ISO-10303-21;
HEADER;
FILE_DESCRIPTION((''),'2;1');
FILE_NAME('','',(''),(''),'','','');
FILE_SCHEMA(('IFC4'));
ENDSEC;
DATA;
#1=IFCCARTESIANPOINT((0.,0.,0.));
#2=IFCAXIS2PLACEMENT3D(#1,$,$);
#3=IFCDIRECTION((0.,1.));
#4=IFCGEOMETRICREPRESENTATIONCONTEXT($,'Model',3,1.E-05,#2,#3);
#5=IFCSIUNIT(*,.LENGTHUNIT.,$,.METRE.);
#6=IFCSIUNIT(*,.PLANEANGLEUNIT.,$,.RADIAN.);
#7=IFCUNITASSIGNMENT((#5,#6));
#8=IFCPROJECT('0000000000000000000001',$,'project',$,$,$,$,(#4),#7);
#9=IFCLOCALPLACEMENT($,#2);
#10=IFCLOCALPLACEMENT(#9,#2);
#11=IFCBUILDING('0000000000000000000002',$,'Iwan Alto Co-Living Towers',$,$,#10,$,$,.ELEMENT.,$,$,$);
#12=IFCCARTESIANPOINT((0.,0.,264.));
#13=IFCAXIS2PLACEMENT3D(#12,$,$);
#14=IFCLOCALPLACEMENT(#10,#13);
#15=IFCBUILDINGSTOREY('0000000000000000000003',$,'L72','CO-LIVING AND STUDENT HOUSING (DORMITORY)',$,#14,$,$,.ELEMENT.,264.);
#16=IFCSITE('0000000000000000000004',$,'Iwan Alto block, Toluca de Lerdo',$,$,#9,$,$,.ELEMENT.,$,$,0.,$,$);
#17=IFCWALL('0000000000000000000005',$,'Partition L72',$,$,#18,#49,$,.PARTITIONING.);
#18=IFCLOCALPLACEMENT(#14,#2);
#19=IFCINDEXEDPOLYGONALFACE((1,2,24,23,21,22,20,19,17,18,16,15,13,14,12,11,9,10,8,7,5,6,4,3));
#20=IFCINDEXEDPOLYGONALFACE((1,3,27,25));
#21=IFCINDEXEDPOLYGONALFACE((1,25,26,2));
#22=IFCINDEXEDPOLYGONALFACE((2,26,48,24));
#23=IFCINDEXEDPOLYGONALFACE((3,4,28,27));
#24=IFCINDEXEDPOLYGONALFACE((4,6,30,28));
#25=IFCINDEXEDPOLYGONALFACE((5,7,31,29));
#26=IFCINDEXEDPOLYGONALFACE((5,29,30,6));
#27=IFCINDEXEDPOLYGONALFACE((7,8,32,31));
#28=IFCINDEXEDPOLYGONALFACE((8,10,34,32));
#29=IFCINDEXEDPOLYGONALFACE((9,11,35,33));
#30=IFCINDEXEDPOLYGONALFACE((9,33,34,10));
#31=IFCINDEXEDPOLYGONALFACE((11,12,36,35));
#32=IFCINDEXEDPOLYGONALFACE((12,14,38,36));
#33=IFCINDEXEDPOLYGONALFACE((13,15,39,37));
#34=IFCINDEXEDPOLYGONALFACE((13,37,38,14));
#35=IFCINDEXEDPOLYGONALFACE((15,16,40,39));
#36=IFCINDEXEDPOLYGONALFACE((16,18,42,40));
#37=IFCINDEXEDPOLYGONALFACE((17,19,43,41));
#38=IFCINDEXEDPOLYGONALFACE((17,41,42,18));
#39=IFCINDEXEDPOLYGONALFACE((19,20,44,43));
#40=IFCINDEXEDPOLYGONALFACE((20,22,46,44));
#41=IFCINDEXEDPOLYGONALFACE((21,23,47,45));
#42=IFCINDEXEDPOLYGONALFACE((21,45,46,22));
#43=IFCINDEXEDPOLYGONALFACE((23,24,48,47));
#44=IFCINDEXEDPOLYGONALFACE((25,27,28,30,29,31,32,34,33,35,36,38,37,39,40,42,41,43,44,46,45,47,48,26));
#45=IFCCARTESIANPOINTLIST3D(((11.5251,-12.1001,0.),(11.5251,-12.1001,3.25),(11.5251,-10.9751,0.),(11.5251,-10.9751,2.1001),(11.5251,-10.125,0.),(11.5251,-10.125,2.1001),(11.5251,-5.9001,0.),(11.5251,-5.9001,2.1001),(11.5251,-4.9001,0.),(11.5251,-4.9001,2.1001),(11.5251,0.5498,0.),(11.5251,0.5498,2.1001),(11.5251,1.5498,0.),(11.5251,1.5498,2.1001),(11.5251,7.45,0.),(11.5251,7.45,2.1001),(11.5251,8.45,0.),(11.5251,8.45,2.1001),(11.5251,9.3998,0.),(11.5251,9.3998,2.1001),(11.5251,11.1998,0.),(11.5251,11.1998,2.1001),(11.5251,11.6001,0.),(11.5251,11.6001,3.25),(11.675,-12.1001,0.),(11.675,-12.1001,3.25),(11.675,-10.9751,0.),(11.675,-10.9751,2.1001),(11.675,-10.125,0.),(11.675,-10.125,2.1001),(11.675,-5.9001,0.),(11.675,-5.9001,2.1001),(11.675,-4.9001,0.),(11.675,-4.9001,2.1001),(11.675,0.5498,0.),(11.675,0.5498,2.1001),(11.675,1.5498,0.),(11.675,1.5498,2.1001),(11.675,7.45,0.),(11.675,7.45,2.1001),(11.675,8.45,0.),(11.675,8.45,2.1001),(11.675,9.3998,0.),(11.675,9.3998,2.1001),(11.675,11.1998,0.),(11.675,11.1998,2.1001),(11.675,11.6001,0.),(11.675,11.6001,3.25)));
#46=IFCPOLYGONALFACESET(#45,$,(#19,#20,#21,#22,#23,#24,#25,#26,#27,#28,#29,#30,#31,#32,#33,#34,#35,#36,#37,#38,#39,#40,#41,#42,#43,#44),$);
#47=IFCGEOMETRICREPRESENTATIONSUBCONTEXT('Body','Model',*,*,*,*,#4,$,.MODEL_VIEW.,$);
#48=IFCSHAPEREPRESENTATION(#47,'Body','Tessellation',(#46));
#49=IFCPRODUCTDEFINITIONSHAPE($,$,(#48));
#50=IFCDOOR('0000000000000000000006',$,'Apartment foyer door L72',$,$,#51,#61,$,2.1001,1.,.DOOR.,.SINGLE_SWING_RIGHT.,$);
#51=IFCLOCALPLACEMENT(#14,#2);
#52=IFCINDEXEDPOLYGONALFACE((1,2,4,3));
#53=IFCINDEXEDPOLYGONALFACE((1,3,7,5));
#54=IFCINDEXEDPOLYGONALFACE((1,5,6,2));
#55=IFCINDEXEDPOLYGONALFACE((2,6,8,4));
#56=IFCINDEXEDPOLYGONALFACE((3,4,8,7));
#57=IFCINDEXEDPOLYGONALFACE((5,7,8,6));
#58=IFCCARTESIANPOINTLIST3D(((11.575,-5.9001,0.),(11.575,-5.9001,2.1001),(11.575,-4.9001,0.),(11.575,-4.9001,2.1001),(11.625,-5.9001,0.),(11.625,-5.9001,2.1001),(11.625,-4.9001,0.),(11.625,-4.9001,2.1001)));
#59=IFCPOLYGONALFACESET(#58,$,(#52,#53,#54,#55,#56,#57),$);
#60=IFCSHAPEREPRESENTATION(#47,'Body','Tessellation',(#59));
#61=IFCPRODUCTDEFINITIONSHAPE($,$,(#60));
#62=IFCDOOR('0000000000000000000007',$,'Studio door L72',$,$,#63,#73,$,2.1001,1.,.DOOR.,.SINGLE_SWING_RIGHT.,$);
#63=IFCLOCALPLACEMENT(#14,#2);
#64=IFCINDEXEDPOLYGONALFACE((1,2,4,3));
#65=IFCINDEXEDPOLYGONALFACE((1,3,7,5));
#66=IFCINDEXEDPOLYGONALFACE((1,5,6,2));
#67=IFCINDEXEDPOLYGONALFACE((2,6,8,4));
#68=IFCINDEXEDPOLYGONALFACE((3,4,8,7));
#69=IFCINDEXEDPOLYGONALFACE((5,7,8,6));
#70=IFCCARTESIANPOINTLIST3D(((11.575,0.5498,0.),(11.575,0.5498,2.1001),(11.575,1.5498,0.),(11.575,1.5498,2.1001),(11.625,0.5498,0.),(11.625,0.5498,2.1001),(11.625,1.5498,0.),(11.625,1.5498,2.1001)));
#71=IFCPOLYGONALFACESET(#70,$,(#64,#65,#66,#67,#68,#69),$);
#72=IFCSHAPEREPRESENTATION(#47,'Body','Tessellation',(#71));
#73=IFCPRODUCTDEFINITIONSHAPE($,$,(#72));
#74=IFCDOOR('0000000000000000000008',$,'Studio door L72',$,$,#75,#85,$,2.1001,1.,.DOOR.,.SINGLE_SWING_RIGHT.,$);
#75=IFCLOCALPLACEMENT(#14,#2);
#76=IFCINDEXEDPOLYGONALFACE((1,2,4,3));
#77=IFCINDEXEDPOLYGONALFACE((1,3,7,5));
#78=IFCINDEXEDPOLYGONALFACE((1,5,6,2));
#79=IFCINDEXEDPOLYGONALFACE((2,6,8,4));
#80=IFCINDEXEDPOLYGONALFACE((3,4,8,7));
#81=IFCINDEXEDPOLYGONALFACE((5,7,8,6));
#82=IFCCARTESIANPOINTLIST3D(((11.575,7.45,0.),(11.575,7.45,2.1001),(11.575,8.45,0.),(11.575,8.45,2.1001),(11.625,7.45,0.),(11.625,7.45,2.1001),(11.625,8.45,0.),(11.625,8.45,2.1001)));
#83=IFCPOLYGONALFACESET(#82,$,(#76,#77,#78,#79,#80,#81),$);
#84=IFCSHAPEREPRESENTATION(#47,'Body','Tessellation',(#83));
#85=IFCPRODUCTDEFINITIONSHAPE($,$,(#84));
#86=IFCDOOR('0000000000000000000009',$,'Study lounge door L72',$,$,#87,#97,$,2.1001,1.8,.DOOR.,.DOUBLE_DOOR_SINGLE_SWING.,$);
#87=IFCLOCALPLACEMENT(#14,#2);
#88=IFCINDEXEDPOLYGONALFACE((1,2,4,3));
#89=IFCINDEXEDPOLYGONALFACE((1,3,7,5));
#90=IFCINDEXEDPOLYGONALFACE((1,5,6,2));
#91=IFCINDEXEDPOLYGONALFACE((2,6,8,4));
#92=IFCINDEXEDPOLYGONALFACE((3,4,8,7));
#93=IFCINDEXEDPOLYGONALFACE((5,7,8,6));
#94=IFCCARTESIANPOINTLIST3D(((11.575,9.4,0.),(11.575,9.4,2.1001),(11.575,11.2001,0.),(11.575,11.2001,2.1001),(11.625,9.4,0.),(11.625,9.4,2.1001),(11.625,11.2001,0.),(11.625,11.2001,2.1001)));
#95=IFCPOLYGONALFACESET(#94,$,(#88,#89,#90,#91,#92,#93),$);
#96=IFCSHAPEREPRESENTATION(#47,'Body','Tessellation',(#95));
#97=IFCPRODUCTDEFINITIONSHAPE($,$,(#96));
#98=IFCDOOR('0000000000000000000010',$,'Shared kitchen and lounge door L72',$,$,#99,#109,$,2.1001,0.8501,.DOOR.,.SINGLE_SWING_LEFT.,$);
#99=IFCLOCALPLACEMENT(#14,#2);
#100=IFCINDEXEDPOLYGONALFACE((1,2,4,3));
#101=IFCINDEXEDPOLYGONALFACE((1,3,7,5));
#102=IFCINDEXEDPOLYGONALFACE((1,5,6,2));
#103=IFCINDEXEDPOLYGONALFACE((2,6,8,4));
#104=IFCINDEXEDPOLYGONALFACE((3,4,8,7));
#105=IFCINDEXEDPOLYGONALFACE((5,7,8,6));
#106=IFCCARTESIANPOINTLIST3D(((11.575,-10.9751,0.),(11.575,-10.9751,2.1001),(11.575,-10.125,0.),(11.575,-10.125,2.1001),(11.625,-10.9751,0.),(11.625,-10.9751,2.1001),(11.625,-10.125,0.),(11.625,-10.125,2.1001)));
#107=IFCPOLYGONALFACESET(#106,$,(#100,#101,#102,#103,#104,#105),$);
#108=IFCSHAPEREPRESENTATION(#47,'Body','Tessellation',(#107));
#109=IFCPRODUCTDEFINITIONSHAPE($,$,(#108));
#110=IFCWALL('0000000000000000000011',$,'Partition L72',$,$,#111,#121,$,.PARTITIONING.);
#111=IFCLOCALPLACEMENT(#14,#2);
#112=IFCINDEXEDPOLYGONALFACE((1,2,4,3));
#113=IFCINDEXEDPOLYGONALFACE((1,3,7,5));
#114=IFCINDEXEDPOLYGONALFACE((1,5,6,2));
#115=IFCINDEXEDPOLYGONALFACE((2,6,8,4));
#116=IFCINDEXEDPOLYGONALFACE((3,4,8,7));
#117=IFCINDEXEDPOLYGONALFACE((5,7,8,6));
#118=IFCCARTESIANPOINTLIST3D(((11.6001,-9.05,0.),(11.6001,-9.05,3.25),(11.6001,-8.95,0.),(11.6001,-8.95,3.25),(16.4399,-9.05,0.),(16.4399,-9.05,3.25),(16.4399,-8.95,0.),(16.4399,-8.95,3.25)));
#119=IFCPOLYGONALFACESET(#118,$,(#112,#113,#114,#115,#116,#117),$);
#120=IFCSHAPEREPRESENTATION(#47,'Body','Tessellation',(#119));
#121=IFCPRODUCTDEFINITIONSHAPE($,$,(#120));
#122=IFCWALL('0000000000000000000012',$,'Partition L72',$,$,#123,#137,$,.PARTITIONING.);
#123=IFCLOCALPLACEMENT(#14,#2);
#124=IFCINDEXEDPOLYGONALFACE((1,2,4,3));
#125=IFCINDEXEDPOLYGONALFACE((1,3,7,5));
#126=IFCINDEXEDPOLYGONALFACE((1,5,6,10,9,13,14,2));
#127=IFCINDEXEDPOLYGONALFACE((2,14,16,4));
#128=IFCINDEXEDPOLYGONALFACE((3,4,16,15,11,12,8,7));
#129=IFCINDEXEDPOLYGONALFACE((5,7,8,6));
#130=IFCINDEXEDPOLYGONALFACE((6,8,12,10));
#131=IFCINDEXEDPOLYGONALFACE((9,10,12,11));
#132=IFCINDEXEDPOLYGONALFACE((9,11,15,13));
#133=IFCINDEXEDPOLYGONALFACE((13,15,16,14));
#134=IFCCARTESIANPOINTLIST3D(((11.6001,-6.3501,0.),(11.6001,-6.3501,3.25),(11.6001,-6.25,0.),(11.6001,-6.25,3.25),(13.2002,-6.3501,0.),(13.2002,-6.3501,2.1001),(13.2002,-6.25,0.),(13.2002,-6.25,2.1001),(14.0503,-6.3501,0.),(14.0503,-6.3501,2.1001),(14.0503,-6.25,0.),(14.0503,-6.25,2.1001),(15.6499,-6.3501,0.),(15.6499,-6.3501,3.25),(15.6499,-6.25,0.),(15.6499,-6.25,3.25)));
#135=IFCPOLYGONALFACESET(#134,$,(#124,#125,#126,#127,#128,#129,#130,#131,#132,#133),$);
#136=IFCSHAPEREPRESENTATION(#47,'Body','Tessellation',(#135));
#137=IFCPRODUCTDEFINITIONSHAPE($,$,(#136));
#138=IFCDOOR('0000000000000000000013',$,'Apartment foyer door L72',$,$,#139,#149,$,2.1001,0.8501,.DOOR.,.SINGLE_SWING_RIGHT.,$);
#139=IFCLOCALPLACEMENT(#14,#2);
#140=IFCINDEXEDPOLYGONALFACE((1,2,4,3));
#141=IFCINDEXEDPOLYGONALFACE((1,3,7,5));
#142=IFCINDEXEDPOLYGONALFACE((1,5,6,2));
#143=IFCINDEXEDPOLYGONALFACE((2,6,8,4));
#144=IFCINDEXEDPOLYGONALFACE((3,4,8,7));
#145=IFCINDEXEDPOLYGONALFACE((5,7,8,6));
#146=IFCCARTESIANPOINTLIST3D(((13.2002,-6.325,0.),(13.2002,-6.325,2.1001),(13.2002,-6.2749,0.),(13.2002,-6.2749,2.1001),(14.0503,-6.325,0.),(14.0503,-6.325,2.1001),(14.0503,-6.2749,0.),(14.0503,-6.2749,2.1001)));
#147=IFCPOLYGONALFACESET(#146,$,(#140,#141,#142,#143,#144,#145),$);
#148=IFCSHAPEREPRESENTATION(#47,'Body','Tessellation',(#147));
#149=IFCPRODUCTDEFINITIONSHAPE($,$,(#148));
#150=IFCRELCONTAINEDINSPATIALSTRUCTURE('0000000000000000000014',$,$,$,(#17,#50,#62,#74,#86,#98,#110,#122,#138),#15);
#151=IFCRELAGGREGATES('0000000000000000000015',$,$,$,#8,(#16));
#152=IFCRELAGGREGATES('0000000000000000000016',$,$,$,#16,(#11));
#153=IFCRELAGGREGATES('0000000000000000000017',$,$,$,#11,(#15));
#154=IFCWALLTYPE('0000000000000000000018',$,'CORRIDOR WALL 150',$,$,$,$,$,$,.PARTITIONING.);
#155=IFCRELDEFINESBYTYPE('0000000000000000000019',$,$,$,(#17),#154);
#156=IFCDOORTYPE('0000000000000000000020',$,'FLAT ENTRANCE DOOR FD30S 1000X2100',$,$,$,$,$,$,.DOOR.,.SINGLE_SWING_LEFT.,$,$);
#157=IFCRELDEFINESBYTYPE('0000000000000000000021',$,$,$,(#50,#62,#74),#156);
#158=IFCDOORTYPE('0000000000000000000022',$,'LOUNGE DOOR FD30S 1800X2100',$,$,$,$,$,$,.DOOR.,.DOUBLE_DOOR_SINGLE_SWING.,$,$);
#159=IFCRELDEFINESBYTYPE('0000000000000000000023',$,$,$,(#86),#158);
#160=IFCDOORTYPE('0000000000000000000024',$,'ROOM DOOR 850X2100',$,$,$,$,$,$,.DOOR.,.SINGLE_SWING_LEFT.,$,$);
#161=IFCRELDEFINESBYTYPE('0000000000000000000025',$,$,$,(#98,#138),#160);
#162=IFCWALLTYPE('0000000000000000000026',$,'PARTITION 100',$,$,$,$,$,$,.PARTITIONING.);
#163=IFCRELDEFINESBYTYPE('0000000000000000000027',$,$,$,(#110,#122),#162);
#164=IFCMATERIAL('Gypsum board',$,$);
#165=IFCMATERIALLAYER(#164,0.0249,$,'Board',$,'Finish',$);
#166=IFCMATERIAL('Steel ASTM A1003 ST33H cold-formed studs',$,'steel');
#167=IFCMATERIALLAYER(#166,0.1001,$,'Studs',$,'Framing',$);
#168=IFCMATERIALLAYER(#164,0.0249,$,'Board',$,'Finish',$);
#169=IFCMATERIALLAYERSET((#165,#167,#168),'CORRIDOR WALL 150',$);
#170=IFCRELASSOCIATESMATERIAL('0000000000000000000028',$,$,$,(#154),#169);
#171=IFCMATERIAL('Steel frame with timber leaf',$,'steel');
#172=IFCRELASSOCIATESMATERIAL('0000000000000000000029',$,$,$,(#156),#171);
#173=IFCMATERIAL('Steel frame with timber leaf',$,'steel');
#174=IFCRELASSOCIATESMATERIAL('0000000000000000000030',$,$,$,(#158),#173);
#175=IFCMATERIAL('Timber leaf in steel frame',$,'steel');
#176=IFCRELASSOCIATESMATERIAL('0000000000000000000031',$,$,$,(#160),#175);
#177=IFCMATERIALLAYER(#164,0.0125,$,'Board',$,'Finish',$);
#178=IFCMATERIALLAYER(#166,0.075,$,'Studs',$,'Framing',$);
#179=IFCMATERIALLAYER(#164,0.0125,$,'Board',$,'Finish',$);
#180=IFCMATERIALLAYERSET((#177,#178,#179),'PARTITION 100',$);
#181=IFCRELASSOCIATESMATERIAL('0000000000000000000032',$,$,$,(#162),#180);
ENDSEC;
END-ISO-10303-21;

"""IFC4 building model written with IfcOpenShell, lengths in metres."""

from ifc_helpers import new_model, si_unit, direction, frame, frame_2d, origin, place, context, subcontext, project, spatial, rectangle, extrude, material, layer, layer_set, type_object, element, fill, save


model = new_model("IFC4")

# Units and contexts
model_context = context("Model", 3, precision=1e-05, world=origin(), true_north=direction((0.0, 1.0)))
body_context = subcontext(model_context, "Body", "Model", "MODEL_VIEW")
ifc_project = project(units=[si_unit("LENGTHUNIT", "METRE"), si_unit("PLANEANGLEUNIT", "RADIAN")], contexts=[model_context])

# Site, building, storey
site_placement = place(None, origin())
site = spatial("IfcSite", under=ifc_project, at=site_placement, Name="Iwan Alto block, Toluca de Lerdo", CompositionType="ELEMENT", RefElevation=0.0)
building_placement = place(site_placement, origin())
building = spatial("IfcBuilding", under=site, at=building_placement, Name="Iwan Alto Co-Living Towers", CompositionType="ELEMENT")
storey_placement = place(building_placement, frame((0.0, 0.0, 264.0)))
storey = spatial("IfcBuildingStorey", under=building, at=storey_placement, Name="L72", Description="CO-LIVING AND STUDENT HOUSING (DORMITORY)", CompositionType="ELEMENT", Elevation=264.0)

# Wall, openings, doors
ifc_material_1 = material(Name="Gypsum board")
ifc_layer_1 = layer(ifc_material_1, 0.0249, Name="Board", Category="Finish")
ifc_material_2 = material(Name="Steel ASTM A1003 ST33H cold-formed studs", Category="steel")
ifc_layer_2 = layer(ifc_material_2, 0.1001, Name="Studs", Category="Framing")
ifc_layer_3 = layer(ifc_material_1, 0.0249, Name="Board", Category="Finish")
ifc_layer_set_1 = layer_set([ifc_layer_1, ifc_layer_2, ifc_layer_3], Name="CORRIDOR WALL 150")
wall_type_1 = type_object("IfcWallType", Name="CORRIDOR WALL 150", PredefinedType="PARTITIONING", material=ifc_layer_set_1)
wall_1_placement = place(storey_placement, frame((11.6001, -12.1001, 0.0), z_axis=(0.0, 0.0, 1.0), x_axis=(0.0, 1.0, 0.0)))
wall_1 = element("IfcWall", 1, at=wall_1_placement, inside=storey, type_object=wall_type_1, Name="Partition L72", PredefinedType="PARTITIONING", context=body_context, shape_type="SweptSolid", body=[
    extrude(rectangle(XDim=23.7002, YDim=0.1499, at=frame_2d((11.8501, 0.0))), origin(), (0.0, 0.0, 1.0), 3.25),
])
opening_1_placement = place(wall_1_placement, frame((6.2, 0.0, 0.0)))
opening_1 = element("IfcOpeningElement", 2, at=opening_1_placement, cuts=wall_1, PredefinedType="OPENING", context=body_context, shape_type="SweptSolid", body=[
    extrude(rectangle(XDim=1.0, YDim=2.1001, at=frame_2d((0.5, 1.05))), frame((0.0, 0.085, 0.0), z_axis=(0.0, -1.0, 0.0), x_axis=(1.0, 0.0, 0.0)), (0.0, 0.0, 1.0), 0.1699),
])
opening_2_placement = place(wall_1_placement, frame((12.6499, 0.0, 0.0)))
opening_2 = element("IfcOpeningElement", 3, at=opening_2_placement, cuts=wall_1, PredefinedType="OPENING", context=body_context, shape_type="SweptSolid", body=[
    extrude(rectangle(XDim=1.0, YDim=2.1001, at=frame_2d((0.5, 1.05))), frame((0.0, 0.085, 0.0), z_axis=(0.0, -1.0, 0.0), x_axis=(1.0, 0.0, 0.0)), (0.0, 0.0, 1.0), 0.1699),
])
opening_3_placement = place(wall_1_placement, frame((19.55, 0.0, 0.0)))
opening_3 = element("IfcOpeningElement", 4, at=opening_3_placement, cuts=wall_1, PredefinedType="OPENING", context=body_context, shape_type="SweptSolid", body=[
    extrude(rectangle(XDim=1.0, YDim=2.1001, at=frame_2d((0.5, 1.05))), frame((0.0, 0.085, 0.0), z_axis=(0.0, -1.0, 0.0), x_axis=(1.0, 0.0, 0.0)), (0.0, 0.0, 1.0), 0.1699),
])
opening_4_placement = place(wall_1_placement, frame((21.5, 0.0, 0.0)))
opening_4 = element("IfcOpeningElement", 5, at=opening_4_placement, cuts=wall_1, PredefinedType="OPENING", context=body_context, shape_type="SweptSolid", body=[
    extrude(rectangle(XDim=1.8, YDim=2.1001, at=frame_2d((0.8999, 1.05))), frame((0.0, 0.085, 0.0), z_axis=(0.0, -1.0, 0.0), x_axis=(1.0, 0.0, 0.0)), (0.0, 0.0, 1.0), 0.1699),
])
opening_5_placement = place(wall_1_placement, frame((1.125, 0.0, 0.0)))
opening_5 = element("IfcOpeningElement", 6, at=opening_5_placement, cuts=wall_1, PredefinedType="OPENING", context=body_context, shape_type="SweptSolid", body=[
    extrude(rectangle(XDim=0.8501, YDim=2.1001, at=frame_2d((0.425, 1.05))), frame((0.0, 0.085, 0.0), z_axis=(0.0, -1.0, 0.0), x_axis=(1.0, 0.0, 0.0)), (0.0, 0.0, 1.0), 0.1699),
])
ifc_material_3 = material(Name="Steel frame with timber leaf", Category="steel")
door_type_1 = type_object("IfcDoorType", Name="FLAT ENTRANCE DOOR FD30S 1000X2100", OperationType="SINGLE_SWING_LEFT", PredefinedType="DOOR", material=ifc_material_3)
door_1_placement = place(opening_1_placement, frame((1.0, 0.0, 0.0), z_axis=(0.0, 0.0, 1.0), x_axis=(-1.0, 0.0, 0.0)))
door_1 = element("IfcDoor", 7, at=door_1_placement, inside=storey, type_object=door_type_1, Name="Apartment foyer door L72", OperationType="SINGLE_SWING_RIGHT", OverallHeight=2.1001, OverallWidth=1.0, PredefinedType="DOOR", context=body_context, shape_type="SweptSolid", body=[
    extrude(rectangle(XDim=1.0, YDim=2.1001, at=frame_2d((0.5, 1.05))), frame((0.0, 0.0249, 0.0), z_axis=(0.0, -1.0, 0.0), x_axis=(1.0, 0.0, 0.0)), (0.0, 0.0, 1.0), 0.05),
])
fill(opening_1, door_1)
door_2_placement = place(opening_2_placement, frame((1.0, 0.0, 0.0), z_axis=(0.0, 0.0, 1.0), x_axis=(-1.0, 0.0, 0.0)))
door_2 = element("IfcDoor", 8, at=door_2_placement, inside=storey, type_object=door_type_1, Name="Studio door L72", OperationType="SINGLE_SWING_RIGHT", OverallHeight=2.1001, OverallWidth=1.0, PredefinedType="DOOR", context=body_context, shape_type="SweptSolid", body=[
    extrude(rectangle(XDim=1.0, YDim=2.1001, at=frame_2d((0.5, 1.05))), frame((0.0, 0.0249, 0.0), z_axis=(0.0, -1.0, 0.0), x_axis=(1.0, 0.0, 0.0)), (0.0, 0.0, 1.0), 0.05),
])
fill(opening_2, door_2)
door_3_placement = place(opening_3_placement, frame((1.0, 0.0, 0.0), z_axis=(0.0, 0.0, 1.0), x_axis=(-1.0, 0.0, 0.0)))
door_3 = element("IfcDoor", 9, at=door_3_placement, inside=storey, type_object=door_type_1, Name="Studio door L72", OperationType="SINGLE_SWING_RIGHT", OverallHeight=2.1001, OverallWidth=1.0, PredefinedType="DOOR", context=body_context, shape_type="SweptSolid", body=[
    extrude(rectangle(XDim=1.0, YDim=2.1001, at=frame_2d((0.5, 1.05))), frame((0.0, 0.0249, 0.0), z_axis=(0.0, -1.0, 0.0), x_axis=(1.0, 0.0, 0.0)), (0.0, 0.0, 1.0), 0.05),
])
fill(opening_3, door_3)
ifc_material_4 = material(Name="Steel frame with timber leaf", Category="steel")
door_type_2 = type_object("IfcDoorType", Name="LOUNGE DOOR FD30S 1800X2100", OperationType="DOUBLE_DOOR_SINGLE_SWING", PredefinedType="DOOR", material=ifc_material_4)
door_4_placement = place(opening_4_placement, frame((1.8, 0.0, 0.0), z_axis=(0.0, 0.0, 1.0), x_axis=(-1.0, 0.0, 0.0)))
door_4 = element("IfcDoor", 10, at=door_4_placement, inside=storey, type_object=door_type_2, Name="Study lounge door L72", OperationType="DOUBLE_DOOR_SINGLE_SWING", OverallHeight=2.1001, OverallWidth=1.8, PredefinedType="DOOR", context=body_context, shape_type="SweptSolid", body=[
    extrude(rectangle(XDim=1.8, YDim=2.1001, at=frame_2d((0.8999, 1.05))), frame((0.0, 0.0249, 0.0), z_axis=(0.0, -1.0, 0.0), x_axis=(1.0, 0.0, 0.0)), (0.0, 0.0, 1.0), 0.05),
])
fill(opening_4, door_4)
ifc_material_5 = material(Name="Timber leaf in steel frame", Category="steel")
door_type_3 = type_object("IfcDoorType", Name="ROOM DOOR 850X2100", OperationType="SINGLE_SWING_LEFT", PredefinedType="DOOR", material=ifc_material_5)
door_5_placement = place(opening_5_placement, frame((0.8501, 0.0, 0.0), z_axis=(0.0, 0.0, 1.0), x_axis=(-1.0, 0.0, 0.0)))
door_5 = element("IfcDoor", 11, at=door_5_placement, inside=storey, type_object=door_type_3, Name="Shared kitchen and lounge door L72", OperationType="SINGLE_SWING_LEFT", OverallHeight=2.1001, OverallWidth=0.8501, PredefinedType="DOOR", context=body_context, shape_type="SweptSolid", body=[
    extrude(rectangle(XDim=0.8501, YDim=2.1001, at=frame_2d((0.425, 1.05))), frame((0.0, 0.0249, 0.0), z_axis=(0.0, -1.0, 0.0), x_axis=(1.0, 0.0, 0.0)), (0.0, 0.0, 1.0), 0.05),
])
fill(opening_5, door_5)

# Wall
ifc_layer_4 = layer(ifc_material_1, 0.0125, Name="Board", Category="Finish")
ifc_layer_5 = layer(ifc_material_2, 0.075, Name="Studs", Category="Framing")
ifc_layer_6 = layer(ifc_material_1, 0.0125, Name="Board", Category="Finish")
ifc_layer_set_2 = layer_set([ifc_layer_4, ifc_layer_5, ifc_layer_6], Name="PARTITION 100")
wall_type_2 = type_object("IfcWallType", Name="PARTITION 100", PredefinedType="PARTITIONING", material=ifc_layer_set_2)
wall_2_placement = place(storey_placement, frame((11.6001, -9.0, 0.0), z_axis=(0.0, 0.0, 1.0), x_axis=(1.0, 0.0, 0.0)))
element("IfcWall", 12, at=wall_2_placement, inside=storey, type_object=wall_type_2, Name="Partition L72", PredefinedType="PARTITIONING", context=body_context, shape_type="SweptSolid", body=[
    extrude(rectangle(XDim=4.8398, YDim=0.1001, at=frame_2d((2.4199, 0.0))), origin(), (0.0, 0.0, 1.0), 3.25),
])

# Wall, opening, door
wall_3_placement = place(storey_placement, frame((11.6001, -6.3, 0.0), z_axis=(0.0, 0.0, 1.0), x_axis=(1.0, 0.0, 0.0)))
wall_3 = element("IfcWall", 13, at=wall_3_placement, inside=storey, type_object=wall_type_2, Name="Partition L72", PredefinedType="PARTITIONING", context=body_context, shape_type="SweptSolid", body=[
    extrude(rectangle(XDim=4.0498, YDim=0.1001, at=frame_2d((2.0249, 0.0))), origin(), (0.0, 0.0, 1.0), 3.25),
])
opening_6_placement = place(wall_3_placement, frame((1.6001, 0.0, 0.0)))
opening_6 = element("IfcOpeningElement", 14, at=opening_6_placement, cuts=wall_3, PredefinedType="OPENING", context=body_context, shape_type="SweptSolid", body=[
    extrude(rectangle(XDim=0.8501, YDim=2.1001, at=frame_2d((0.425, 1.05))), frame((0.0, 0.0601, 0.0), z_axis=(0.0, -1.0, 0.0), x_axis=(1.0, 0.0, 0.0)), (0.0, 0.0, 1.0), 0.1201),
])
door_6_placement = place(opening_6_placement, frame((0.8501, 0.0, 0.0), z_axis=(0.0, 0.0, 1.0), x_axis=(-1.0, 0.0, 0.0)))
door_6 = element("IfcDoor", 15, at=door_6_placement, inside=storey, type_object=door_type_3, Name="Apartment foyer door L72", OperationType="SINGLE_SWING_RIGHT", OverallHeight=2.1001, OverallWidth=0.8501, PredefinedType="DOOR", context=body_context, shape_type="SweptSolid", body=[
    extrude(rectangle(XDim=0.8501, YDim=2.1001, at=frame_2d((0.425, 1.05))), frame((0.0, 0.0249, 0.0), z_axis=(0.0, -1.0, 0.0), x_axis=(1.0, 0.0, 0.0)), (0.0, 0.0, 1.0), 0.05),
])
fill(opening_6, door_6)

save(model, "model.ifc")
